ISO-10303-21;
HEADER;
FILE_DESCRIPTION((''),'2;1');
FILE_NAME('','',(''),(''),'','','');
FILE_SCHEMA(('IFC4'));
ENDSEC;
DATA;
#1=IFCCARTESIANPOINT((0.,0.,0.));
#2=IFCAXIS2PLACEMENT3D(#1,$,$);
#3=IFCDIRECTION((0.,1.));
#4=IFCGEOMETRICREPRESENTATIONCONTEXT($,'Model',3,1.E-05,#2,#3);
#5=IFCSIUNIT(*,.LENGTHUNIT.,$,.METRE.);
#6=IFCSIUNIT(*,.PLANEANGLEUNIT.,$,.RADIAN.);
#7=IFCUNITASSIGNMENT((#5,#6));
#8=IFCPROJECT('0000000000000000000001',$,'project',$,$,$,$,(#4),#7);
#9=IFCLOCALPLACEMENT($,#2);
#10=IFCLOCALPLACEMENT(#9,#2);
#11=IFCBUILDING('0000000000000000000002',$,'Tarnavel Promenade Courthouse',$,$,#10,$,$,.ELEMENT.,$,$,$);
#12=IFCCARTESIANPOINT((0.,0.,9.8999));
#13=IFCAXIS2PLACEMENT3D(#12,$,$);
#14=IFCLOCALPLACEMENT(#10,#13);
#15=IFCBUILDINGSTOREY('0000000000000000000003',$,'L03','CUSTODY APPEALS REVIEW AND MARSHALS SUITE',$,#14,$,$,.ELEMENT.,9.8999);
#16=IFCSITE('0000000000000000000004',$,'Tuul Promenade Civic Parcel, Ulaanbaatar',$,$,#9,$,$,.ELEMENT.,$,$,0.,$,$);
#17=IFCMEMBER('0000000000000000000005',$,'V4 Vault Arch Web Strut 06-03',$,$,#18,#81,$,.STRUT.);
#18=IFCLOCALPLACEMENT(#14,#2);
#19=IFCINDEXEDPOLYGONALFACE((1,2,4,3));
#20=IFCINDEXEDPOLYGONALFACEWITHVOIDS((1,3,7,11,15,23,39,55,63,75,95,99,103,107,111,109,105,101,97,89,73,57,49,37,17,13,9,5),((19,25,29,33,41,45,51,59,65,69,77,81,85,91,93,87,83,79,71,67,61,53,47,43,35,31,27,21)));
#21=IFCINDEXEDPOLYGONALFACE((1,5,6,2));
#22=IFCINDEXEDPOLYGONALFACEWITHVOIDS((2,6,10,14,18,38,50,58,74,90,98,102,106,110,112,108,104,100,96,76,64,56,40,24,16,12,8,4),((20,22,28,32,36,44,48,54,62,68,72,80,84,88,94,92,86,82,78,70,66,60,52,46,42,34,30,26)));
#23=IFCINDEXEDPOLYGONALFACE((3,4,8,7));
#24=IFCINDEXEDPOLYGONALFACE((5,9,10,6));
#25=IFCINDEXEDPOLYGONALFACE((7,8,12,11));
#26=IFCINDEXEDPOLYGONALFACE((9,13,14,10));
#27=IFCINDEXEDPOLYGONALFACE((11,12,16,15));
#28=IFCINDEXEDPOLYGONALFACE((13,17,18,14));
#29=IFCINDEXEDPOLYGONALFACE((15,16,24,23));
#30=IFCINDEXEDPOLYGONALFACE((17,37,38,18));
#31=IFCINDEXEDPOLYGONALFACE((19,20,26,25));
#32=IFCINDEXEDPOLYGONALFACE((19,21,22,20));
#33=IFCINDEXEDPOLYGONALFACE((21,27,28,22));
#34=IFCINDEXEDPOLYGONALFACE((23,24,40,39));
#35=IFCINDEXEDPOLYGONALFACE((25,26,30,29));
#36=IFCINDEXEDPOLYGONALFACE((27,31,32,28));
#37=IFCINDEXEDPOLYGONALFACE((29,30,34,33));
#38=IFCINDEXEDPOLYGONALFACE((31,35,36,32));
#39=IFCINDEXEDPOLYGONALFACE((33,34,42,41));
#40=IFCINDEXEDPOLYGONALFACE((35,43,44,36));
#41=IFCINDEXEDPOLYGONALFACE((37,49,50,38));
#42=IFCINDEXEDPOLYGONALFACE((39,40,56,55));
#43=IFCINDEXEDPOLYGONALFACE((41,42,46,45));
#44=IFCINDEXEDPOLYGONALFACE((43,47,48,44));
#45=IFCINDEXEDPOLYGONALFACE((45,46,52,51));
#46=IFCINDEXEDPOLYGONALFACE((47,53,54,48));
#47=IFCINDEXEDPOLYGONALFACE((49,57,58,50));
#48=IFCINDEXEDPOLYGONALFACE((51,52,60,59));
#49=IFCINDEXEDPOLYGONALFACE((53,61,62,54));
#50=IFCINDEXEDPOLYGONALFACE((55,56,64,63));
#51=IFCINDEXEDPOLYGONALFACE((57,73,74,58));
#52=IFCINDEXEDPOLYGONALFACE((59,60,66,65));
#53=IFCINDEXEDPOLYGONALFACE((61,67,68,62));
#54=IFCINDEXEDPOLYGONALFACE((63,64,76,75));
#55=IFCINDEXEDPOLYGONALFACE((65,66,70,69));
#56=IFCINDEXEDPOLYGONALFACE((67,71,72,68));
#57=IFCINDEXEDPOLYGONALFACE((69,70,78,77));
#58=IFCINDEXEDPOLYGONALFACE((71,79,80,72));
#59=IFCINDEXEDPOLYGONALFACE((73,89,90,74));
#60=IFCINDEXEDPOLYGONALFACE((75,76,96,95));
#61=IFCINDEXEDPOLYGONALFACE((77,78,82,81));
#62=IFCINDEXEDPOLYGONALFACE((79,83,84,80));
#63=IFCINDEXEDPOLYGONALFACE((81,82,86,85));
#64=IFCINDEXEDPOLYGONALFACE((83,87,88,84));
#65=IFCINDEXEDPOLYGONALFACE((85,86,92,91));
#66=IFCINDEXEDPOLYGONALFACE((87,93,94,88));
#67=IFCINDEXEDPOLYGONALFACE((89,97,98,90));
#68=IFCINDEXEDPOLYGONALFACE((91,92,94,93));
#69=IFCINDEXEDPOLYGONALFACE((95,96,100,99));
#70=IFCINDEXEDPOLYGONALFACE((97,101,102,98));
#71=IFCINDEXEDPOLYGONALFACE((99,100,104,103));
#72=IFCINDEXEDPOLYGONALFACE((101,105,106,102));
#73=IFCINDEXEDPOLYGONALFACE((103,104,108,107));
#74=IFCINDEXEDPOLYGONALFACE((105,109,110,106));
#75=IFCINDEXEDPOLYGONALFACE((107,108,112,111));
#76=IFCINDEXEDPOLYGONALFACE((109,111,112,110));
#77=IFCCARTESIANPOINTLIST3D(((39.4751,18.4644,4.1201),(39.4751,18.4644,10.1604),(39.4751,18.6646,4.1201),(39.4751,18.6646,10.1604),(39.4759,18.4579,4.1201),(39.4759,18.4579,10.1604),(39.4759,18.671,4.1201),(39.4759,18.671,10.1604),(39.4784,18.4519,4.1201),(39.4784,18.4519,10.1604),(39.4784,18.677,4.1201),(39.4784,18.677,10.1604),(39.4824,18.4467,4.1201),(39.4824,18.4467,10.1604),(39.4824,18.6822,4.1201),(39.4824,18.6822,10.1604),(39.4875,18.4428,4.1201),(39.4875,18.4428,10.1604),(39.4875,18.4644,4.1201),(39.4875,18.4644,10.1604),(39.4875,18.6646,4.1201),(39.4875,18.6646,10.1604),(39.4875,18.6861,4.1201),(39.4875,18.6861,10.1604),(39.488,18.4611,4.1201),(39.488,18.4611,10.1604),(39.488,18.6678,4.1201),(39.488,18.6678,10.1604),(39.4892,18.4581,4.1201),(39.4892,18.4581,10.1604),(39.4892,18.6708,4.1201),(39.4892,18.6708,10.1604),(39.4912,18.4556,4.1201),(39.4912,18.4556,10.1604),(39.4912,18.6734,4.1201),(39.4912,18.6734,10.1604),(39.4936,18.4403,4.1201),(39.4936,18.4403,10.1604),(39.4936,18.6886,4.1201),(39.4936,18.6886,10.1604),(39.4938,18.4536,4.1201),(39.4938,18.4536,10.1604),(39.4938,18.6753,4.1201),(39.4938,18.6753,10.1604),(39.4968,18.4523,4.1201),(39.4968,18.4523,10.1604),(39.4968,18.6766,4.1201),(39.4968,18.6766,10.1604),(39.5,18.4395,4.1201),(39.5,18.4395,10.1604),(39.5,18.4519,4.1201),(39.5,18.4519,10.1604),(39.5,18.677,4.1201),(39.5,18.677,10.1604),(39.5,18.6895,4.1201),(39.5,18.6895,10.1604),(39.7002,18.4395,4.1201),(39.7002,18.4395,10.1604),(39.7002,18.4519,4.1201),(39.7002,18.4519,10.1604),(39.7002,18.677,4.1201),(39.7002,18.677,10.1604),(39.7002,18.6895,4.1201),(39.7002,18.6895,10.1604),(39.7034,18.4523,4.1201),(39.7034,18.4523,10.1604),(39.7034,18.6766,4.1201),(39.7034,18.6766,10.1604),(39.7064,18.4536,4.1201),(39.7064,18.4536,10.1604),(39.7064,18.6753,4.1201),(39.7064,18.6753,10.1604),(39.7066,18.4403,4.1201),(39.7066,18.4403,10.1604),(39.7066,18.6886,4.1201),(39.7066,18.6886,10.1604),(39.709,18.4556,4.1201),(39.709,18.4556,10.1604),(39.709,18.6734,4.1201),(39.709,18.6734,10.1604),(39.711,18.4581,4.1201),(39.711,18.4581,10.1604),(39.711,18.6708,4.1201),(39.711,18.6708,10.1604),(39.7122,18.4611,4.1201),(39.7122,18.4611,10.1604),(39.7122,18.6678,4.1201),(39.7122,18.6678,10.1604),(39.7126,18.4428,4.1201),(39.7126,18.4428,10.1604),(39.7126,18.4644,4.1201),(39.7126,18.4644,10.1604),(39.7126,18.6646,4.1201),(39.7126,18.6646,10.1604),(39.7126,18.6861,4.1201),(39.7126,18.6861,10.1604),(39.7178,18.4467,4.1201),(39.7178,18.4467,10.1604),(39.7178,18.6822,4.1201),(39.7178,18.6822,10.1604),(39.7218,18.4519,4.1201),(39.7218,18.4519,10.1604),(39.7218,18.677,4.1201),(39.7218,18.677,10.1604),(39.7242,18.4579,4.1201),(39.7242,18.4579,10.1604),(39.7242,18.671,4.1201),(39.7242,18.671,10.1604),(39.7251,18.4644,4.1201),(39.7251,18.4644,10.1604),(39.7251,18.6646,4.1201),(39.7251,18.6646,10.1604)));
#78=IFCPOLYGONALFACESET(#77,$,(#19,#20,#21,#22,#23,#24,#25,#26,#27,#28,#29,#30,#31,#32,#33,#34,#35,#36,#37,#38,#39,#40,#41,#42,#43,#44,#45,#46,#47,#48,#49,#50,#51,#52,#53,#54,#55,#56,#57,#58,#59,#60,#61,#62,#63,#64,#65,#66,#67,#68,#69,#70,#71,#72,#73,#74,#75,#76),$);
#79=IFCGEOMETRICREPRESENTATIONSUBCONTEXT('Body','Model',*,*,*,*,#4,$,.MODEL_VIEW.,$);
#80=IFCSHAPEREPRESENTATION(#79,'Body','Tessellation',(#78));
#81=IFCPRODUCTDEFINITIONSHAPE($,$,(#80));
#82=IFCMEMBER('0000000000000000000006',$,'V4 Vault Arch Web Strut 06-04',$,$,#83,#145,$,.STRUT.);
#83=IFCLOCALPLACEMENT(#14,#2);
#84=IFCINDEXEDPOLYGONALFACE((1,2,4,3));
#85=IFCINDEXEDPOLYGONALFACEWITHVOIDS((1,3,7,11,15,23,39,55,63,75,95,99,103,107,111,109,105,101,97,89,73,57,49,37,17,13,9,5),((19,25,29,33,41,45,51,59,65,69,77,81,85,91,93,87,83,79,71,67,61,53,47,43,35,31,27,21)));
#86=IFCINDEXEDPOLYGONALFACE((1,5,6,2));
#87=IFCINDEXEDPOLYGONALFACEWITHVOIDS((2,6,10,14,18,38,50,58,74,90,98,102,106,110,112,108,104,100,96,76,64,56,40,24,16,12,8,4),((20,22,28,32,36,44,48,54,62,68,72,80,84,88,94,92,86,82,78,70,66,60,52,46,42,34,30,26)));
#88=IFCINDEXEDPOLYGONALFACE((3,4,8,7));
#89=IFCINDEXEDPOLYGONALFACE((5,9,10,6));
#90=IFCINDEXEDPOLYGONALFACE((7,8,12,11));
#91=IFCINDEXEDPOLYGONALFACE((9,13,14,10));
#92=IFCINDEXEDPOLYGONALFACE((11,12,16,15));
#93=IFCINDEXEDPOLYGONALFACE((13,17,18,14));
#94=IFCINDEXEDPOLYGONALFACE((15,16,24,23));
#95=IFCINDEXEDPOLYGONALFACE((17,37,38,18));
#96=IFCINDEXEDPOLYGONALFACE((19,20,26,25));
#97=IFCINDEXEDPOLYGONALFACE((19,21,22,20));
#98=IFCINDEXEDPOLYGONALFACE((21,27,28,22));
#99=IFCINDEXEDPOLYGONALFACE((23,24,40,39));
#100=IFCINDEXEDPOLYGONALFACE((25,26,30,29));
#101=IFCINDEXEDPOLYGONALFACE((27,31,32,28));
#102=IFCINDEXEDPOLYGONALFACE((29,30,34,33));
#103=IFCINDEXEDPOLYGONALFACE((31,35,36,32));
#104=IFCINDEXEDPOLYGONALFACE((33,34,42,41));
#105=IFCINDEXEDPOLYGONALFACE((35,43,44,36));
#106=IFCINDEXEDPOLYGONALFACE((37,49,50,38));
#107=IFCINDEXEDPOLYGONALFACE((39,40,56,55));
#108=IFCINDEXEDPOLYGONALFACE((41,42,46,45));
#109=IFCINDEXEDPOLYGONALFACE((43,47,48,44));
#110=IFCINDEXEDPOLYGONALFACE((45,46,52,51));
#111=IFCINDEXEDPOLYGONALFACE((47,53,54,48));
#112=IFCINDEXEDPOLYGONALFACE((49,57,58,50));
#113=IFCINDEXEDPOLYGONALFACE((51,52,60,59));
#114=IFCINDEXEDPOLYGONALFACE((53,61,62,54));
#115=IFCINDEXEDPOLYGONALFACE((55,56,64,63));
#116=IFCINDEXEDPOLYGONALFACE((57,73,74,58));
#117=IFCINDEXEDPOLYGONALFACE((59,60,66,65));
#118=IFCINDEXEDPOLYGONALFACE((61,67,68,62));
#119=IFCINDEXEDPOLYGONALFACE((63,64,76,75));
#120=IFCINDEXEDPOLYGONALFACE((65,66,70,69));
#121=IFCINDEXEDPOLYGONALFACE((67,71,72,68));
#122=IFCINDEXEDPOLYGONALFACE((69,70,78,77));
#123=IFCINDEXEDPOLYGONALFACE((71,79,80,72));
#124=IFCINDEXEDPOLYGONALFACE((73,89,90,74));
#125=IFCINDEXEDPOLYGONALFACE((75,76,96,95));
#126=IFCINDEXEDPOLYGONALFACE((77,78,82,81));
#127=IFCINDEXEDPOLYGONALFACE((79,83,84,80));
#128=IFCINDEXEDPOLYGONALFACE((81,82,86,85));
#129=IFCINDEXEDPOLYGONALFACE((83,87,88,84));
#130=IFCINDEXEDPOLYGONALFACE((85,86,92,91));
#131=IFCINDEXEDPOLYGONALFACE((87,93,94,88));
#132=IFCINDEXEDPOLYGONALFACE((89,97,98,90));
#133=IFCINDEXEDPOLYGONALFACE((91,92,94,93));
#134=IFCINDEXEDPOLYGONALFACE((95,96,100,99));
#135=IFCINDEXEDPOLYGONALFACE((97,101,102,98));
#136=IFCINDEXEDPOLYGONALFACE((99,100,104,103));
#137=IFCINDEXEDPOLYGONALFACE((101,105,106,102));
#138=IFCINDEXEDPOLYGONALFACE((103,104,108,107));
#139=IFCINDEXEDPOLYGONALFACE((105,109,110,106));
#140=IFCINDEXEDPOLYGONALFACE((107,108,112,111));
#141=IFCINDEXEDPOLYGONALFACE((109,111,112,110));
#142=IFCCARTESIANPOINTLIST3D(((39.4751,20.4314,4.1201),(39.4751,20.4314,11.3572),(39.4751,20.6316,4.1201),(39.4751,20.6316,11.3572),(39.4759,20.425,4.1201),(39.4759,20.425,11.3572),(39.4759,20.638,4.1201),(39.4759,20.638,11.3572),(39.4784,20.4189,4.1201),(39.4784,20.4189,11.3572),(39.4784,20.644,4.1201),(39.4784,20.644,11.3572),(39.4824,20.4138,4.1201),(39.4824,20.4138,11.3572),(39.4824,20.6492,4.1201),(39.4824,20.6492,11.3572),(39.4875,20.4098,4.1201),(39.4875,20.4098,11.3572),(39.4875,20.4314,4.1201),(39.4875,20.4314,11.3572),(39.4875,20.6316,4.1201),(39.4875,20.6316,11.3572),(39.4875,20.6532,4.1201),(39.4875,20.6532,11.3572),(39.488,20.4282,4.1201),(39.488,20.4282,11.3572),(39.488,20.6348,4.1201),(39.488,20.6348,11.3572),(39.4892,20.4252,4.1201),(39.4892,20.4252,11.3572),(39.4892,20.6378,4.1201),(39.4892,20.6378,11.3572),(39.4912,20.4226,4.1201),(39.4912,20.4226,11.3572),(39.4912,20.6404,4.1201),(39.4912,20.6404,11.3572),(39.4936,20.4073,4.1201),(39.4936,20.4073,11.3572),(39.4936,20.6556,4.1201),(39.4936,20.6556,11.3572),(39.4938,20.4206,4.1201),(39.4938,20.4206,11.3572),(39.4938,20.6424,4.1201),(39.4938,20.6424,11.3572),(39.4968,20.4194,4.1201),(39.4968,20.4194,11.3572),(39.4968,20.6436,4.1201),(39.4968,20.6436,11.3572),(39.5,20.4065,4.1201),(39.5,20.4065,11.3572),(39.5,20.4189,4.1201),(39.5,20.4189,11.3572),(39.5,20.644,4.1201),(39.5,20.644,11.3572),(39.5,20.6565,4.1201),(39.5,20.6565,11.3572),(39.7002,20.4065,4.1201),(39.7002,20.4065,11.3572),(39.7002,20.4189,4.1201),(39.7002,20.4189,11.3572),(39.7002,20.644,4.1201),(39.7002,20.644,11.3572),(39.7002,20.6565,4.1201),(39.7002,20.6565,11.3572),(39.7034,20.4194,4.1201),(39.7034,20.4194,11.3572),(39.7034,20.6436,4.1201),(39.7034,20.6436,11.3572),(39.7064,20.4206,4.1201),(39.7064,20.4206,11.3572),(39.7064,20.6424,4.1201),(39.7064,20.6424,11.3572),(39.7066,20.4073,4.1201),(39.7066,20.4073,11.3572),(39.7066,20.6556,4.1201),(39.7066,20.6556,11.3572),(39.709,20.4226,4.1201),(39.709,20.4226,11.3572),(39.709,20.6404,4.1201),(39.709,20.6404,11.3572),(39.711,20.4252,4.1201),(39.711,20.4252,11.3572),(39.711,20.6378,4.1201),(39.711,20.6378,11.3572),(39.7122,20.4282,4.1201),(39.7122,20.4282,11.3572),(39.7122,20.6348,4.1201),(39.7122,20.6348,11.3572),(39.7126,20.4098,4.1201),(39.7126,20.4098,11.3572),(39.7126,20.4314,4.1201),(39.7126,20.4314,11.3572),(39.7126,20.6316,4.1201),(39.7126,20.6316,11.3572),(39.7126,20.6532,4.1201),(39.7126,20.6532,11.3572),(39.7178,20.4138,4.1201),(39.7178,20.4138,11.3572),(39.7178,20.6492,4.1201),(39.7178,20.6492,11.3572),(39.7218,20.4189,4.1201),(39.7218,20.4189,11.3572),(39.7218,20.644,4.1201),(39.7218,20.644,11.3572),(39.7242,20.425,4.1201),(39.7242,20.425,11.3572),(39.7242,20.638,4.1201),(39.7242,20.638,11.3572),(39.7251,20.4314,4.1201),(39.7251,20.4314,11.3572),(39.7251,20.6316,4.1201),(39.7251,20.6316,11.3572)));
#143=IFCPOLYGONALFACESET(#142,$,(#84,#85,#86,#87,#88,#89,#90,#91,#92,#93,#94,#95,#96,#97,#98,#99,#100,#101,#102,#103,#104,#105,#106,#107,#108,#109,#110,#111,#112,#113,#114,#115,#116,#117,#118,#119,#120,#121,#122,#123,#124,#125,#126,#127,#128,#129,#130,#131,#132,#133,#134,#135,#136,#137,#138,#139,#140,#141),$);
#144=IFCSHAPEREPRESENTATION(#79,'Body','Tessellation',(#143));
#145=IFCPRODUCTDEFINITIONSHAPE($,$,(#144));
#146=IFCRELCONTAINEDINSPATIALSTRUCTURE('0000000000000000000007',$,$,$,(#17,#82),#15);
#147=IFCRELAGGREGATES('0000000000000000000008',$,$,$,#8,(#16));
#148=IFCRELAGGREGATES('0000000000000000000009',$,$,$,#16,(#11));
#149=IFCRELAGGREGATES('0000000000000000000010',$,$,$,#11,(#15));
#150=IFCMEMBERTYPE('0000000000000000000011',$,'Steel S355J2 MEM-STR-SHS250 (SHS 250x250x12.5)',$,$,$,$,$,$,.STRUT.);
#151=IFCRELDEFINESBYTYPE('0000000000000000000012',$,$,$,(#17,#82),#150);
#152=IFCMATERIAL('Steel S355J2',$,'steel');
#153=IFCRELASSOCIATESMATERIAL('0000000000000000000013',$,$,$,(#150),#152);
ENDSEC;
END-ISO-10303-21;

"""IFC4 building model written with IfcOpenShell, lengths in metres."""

from ifc_helpers import new_model, si_unit, direction, frame, origin, origin_2d, place, context, subcontext, project, spatial, hollow_rectangle, extrude, material, material_profile, profile_set, type_object, element, save


model = new_model("IFC4")

# Units and contexts
model_context = context("Model", 3, precision=1e-05, world=origin(), true_north=direction((0.0, 1.0)))
body_context = subcontext(model_context, "Body", "Model", "MODEL_VIEW")
ifc_project = project(units=[si_unit("LENGTHUNIT", "METRE"), si_unit("PLANEANGLEUNIT", "RADIAN")], contexts=[model_context])

# Site, building, storey
site_placement = place(None, origin())
site = spatial("IfcSite", under=ifc_project, at=site_placement, Name="Tuul Promenade Civic Parcel, Ulaanbaatar", CompositionType="ELEMENT", RefElevation=0.0)
building_placement = place(site_placement, origin())
building = spatial("IfcBuilding", under=site, at=building_placement, Name="Tarnavel Promenade Courthouse", CompositionType="ELEMENT")
storey_placement = place(building_placement, frame((0.0, 0.0, 9.8999)))
storey = spatial("IfcBuildingStorey", under=building, at=storey_placement, Name="L03", Description="CUSTODY APPEALS REVIEW AND MARSHALS SUITE", CompositionType="ELEMENT", Elevation=9.8999)

# Members
ifc_material_1 = material(Name="Steel S355J2", Category="steel")
ifc_material_profile = material_profile(ifc_material_1, hollow_rectangle(XDim=0.25, YDim=0.25, WallThickness=0.0125, InnerFilletRadius=0.0125, OuterFilletRadius=0.0249, at=origin_2d()), Name="SHS 250x250x12.5")
ifc_profile_set = profile_set([ifc_material_profile], Name="Steel S355J2")
member_type = type_object("IfcMemberType", Name="Steel S355J2 MEM-STR-SHS250 (SHS 250x250x12.5)", PredefinedType="STRUT", material=ifc_profile_set)
member_1_placement = place(storey_placement, frame((39.6001, 18.5645, 4.1201), z_axis=(0.0, 0.0, 1.0), x_axis=(1.0, 0.0, 0.0)))
element("IfcMember", 1, at=member_1_placement, inside=storey, type_object=member_type, Name="V4 Vault Arch Web Strut 06-03", PredefinedType="STRUT", context=body_context, shape_type="SweptSolid", body=[
    extrude(hollow_rectangle(XDim=0.25, YDim=0.25, WallThickness=0.0125, InnerFilletRadius=0.0125, OuterFilletRadius=0.0249, at=origin_2d()), origin(), (0.0, 0.0, 1.0), 6.0403),
])
member_2_placement = place(storey_placement, frame((39.6001, 20.5315, 4.1201), z_axis=(0.0, 0.0, 1.0), x_axis=(1.0, 0.0, 0.0)))
element("IfcMember", 2, at=member_2_placement, inside=storey, type_object=member_type, Name="V4 Vault Arch Web Strut 06-04", PredefinedType="STRUT", context=body_context, shape_type="SweptSolid", body=[
    extrude(hollow_rectangle(XDim=0.25, YDim=0.25, WallThickness=0.0125, InnerFilletRadius=0.0125, OuterFilletRadius=0.0249, at=origin_2d()), origin(), (0.0, 0.0, 1.0), 7.2371),
])

save(model, "model.ifc")
